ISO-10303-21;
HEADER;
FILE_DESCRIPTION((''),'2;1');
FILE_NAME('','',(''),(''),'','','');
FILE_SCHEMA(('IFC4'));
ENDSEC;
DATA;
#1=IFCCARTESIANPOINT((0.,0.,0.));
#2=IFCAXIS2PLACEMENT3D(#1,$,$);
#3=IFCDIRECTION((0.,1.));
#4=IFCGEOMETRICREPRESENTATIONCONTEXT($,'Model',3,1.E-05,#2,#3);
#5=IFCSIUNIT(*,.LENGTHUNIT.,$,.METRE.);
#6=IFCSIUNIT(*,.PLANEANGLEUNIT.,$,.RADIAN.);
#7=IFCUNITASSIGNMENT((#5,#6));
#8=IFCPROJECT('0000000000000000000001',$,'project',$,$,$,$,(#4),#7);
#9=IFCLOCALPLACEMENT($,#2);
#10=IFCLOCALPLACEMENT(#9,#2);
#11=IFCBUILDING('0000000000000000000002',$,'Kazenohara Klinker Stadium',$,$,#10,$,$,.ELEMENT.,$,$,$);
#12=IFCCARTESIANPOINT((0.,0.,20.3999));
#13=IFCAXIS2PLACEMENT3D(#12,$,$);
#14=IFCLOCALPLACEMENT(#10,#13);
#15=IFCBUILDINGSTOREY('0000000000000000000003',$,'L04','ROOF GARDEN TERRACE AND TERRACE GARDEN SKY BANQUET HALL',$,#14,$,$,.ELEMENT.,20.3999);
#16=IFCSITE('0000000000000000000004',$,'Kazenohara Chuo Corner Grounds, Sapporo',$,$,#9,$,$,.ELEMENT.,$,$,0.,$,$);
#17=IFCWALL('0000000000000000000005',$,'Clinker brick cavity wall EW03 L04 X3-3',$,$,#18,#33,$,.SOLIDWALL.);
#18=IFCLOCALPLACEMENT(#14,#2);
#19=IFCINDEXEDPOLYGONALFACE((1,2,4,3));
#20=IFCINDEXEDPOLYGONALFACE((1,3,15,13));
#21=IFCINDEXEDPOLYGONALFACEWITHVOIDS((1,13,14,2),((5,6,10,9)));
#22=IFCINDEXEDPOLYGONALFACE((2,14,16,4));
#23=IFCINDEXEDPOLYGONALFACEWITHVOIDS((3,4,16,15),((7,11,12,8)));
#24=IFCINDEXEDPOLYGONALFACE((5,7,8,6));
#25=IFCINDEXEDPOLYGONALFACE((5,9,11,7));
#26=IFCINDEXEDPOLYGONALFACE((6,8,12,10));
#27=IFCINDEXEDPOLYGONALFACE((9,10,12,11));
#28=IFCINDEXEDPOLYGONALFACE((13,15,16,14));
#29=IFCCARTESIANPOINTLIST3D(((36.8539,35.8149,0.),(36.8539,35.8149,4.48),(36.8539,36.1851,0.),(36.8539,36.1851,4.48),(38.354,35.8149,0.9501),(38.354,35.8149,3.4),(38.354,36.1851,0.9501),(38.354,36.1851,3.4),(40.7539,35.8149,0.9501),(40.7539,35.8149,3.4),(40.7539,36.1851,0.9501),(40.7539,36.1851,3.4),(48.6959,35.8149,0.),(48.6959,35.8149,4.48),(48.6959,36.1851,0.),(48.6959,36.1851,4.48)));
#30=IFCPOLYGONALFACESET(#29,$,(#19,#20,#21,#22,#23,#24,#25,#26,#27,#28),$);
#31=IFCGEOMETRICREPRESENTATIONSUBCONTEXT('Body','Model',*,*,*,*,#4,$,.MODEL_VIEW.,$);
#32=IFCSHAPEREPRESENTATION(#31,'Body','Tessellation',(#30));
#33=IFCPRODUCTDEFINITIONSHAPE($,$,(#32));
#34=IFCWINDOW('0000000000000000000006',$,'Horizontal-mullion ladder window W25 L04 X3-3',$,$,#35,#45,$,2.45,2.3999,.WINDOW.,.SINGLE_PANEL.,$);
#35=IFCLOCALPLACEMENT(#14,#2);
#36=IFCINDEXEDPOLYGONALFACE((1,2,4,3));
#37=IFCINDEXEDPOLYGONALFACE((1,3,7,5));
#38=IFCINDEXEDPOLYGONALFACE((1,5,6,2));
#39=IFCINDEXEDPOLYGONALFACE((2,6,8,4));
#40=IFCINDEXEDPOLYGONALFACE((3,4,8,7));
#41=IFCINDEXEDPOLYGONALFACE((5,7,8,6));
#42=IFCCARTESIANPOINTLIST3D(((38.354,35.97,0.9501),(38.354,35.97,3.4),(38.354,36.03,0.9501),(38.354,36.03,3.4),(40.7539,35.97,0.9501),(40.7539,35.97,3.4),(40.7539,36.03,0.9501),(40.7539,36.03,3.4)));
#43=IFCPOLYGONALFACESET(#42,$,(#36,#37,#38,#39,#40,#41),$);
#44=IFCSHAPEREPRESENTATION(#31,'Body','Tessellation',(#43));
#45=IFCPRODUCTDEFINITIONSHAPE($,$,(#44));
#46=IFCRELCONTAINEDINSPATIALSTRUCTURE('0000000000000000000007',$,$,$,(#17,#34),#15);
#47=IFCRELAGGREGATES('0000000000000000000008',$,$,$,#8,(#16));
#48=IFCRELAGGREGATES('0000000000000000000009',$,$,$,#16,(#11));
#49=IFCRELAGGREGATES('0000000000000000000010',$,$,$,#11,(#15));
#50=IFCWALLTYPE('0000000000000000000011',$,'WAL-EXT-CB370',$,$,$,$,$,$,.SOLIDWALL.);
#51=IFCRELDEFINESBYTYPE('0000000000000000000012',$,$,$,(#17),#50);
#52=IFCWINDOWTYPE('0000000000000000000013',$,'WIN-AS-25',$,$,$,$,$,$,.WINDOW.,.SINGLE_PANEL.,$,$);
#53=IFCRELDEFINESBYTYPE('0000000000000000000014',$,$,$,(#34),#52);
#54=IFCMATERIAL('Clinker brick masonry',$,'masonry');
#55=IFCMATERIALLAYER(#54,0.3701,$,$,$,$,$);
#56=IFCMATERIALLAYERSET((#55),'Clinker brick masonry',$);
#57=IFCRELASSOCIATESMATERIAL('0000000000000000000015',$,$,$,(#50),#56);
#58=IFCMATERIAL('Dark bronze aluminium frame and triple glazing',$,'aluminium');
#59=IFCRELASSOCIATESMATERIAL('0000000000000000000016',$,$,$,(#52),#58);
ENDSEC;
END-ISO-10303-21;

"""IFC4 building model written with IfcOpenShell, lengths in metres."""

from ifc_helpers import new_model, si_unit, direction, frame, frame_2d, origin, place, context, subcontext, project, spatial, rectangle, extrude, material, layer, layer_set, type_object, element, fill, save


model = new_model("IFC4")

# Units and contexts
model_context = context("Model", 3, precision=1e-05, world=origin(), true_north=direction((0.0, 1.0)))
body_context = subcontext(model_context, "Body", "Model", "MODEL_VIEW")
ifc_project = project(units=[si_unit("LENGTHUNIT", "METRE"), si_unit("PLANEANGLEUNIT", "RADIAN")], contexts=[model_context])

# Site, building, storey
site_placement = place(None, origin())
site = spatial("IfcSite", under=ifc_project, at=site_placement, Name="Kazenohara Chuo Corner Grounds, Sapporo", CompositionType="ELEMENT", RefElevation=0.0)
building_placement = place(site_placement, origin())
building = spatial("IfcBuilding", under=site, at=building_placement, Name="Kazenohara Klinker Stadium", CompositionType="ELEMENT")
storey_placement = place(building_placement, frame((0.0, 0.0, 20.3999)))
storey = spatial("IfcBuildingStorey", under=building, at=storey_placement, Name="L04", Description="ROOF GARDEN TERRACE AND TERRACE GARDEN SKY BANQUET HALL", CompositionType="ELEMENT", Elevation=20.3999)

# Shared definitions
ifc_material_1 = material(Name="Clinker brick masonry", Category="masonry")

# Wall, opening, window
ifc_layer_1 = layer(ifc_material_1, 0.3701)
ifc_layer_set_1 = layer_set([ifc_layer_1], Name="Clinker brick masonry")
wall_type_1 = type_object("IfcWallType", Name="WAL-EXT-CB370", PredefinedType="SOLIDWALL", material=ifc_layer_set_1)
wall_1_placement = place(storey_placement, frame((36.854, 36.0, 0.0), z_axis=(0.0, 0.0, 1.0), x_axis=(1.0, 0.0, 0.0)))
wall_1 = element("IfcWall", 1, at=wall_1_placement, inside=storey, type_object=wall_type_1, Name="Clinker brick cavity wall EW03 L04 X3-3", PredefinedType="SOLIDWALL", context=body_context, shape_type="SweptSolid", body=[
    extrude(rectangle(XDim=11.842, YDim=0.3701, at=frame_2d((5.9209, 0.0))), origin(), (0.0, 0.0, 1.0), 4.48),
])
opening_1_placement = place(wall_1_placement, frame((1.5, 0.0, 0.95)))
opening_1 = element("IfcOpeningElement", 2, at=opening_1_placement, cuts=wall_1, PredefinedType="OPENING", context=body_context, shape_type="SweptSolid", body=[
    extrude(rectangle(XDim=2.3999, YDim=2.45, at=frame_2d((1.2, 1.2251))), frame((0.0, 0.1951, 0.0), z_axis=(0.0, -1.0, 0.0), x_axis=(1.0, 0.0, 0.0)), (0.0, 0.0, 1.0), 0.3901),
])
ifc_material_2 = material(Name="Dark bronze aluminium frame and triple glazing", Category="aluminium")
window_type = type_object("IfcWindowType", Name="WIN-AS-25", PartitioningType="SINGLE_PANEL", PredefinedType="WINDOW", material=ifc_material_2)
window_placement = place(opening_1_placement, origin())
window = element("IfcWindow", 3, at=window_placement, inside=storey, type_object=window_type, Name="Horizontal-mullion ladder window W25 L04 X3-3", OverallHeight=2.45, OverallWidth=2.3999, PartitioningType="SINGLE_PANEL", PredefinedType="WINDOW", context=body_context, shape_type="SweptSolid", body=[
    extrude(rectangle(XDim=2.3999, YDim=2.45, at=frame_2d((1.2, 1.2251))), frame((0.0, 0.03, 0.0), z_axis=(0.0, -1.0, 0.0), x_axis=(1.0, 0.0, 0.0)), (0.0, 0.0, 1.0), 0.0601),
])
fill(opening_1, window)

save(model, "model.ifc")
